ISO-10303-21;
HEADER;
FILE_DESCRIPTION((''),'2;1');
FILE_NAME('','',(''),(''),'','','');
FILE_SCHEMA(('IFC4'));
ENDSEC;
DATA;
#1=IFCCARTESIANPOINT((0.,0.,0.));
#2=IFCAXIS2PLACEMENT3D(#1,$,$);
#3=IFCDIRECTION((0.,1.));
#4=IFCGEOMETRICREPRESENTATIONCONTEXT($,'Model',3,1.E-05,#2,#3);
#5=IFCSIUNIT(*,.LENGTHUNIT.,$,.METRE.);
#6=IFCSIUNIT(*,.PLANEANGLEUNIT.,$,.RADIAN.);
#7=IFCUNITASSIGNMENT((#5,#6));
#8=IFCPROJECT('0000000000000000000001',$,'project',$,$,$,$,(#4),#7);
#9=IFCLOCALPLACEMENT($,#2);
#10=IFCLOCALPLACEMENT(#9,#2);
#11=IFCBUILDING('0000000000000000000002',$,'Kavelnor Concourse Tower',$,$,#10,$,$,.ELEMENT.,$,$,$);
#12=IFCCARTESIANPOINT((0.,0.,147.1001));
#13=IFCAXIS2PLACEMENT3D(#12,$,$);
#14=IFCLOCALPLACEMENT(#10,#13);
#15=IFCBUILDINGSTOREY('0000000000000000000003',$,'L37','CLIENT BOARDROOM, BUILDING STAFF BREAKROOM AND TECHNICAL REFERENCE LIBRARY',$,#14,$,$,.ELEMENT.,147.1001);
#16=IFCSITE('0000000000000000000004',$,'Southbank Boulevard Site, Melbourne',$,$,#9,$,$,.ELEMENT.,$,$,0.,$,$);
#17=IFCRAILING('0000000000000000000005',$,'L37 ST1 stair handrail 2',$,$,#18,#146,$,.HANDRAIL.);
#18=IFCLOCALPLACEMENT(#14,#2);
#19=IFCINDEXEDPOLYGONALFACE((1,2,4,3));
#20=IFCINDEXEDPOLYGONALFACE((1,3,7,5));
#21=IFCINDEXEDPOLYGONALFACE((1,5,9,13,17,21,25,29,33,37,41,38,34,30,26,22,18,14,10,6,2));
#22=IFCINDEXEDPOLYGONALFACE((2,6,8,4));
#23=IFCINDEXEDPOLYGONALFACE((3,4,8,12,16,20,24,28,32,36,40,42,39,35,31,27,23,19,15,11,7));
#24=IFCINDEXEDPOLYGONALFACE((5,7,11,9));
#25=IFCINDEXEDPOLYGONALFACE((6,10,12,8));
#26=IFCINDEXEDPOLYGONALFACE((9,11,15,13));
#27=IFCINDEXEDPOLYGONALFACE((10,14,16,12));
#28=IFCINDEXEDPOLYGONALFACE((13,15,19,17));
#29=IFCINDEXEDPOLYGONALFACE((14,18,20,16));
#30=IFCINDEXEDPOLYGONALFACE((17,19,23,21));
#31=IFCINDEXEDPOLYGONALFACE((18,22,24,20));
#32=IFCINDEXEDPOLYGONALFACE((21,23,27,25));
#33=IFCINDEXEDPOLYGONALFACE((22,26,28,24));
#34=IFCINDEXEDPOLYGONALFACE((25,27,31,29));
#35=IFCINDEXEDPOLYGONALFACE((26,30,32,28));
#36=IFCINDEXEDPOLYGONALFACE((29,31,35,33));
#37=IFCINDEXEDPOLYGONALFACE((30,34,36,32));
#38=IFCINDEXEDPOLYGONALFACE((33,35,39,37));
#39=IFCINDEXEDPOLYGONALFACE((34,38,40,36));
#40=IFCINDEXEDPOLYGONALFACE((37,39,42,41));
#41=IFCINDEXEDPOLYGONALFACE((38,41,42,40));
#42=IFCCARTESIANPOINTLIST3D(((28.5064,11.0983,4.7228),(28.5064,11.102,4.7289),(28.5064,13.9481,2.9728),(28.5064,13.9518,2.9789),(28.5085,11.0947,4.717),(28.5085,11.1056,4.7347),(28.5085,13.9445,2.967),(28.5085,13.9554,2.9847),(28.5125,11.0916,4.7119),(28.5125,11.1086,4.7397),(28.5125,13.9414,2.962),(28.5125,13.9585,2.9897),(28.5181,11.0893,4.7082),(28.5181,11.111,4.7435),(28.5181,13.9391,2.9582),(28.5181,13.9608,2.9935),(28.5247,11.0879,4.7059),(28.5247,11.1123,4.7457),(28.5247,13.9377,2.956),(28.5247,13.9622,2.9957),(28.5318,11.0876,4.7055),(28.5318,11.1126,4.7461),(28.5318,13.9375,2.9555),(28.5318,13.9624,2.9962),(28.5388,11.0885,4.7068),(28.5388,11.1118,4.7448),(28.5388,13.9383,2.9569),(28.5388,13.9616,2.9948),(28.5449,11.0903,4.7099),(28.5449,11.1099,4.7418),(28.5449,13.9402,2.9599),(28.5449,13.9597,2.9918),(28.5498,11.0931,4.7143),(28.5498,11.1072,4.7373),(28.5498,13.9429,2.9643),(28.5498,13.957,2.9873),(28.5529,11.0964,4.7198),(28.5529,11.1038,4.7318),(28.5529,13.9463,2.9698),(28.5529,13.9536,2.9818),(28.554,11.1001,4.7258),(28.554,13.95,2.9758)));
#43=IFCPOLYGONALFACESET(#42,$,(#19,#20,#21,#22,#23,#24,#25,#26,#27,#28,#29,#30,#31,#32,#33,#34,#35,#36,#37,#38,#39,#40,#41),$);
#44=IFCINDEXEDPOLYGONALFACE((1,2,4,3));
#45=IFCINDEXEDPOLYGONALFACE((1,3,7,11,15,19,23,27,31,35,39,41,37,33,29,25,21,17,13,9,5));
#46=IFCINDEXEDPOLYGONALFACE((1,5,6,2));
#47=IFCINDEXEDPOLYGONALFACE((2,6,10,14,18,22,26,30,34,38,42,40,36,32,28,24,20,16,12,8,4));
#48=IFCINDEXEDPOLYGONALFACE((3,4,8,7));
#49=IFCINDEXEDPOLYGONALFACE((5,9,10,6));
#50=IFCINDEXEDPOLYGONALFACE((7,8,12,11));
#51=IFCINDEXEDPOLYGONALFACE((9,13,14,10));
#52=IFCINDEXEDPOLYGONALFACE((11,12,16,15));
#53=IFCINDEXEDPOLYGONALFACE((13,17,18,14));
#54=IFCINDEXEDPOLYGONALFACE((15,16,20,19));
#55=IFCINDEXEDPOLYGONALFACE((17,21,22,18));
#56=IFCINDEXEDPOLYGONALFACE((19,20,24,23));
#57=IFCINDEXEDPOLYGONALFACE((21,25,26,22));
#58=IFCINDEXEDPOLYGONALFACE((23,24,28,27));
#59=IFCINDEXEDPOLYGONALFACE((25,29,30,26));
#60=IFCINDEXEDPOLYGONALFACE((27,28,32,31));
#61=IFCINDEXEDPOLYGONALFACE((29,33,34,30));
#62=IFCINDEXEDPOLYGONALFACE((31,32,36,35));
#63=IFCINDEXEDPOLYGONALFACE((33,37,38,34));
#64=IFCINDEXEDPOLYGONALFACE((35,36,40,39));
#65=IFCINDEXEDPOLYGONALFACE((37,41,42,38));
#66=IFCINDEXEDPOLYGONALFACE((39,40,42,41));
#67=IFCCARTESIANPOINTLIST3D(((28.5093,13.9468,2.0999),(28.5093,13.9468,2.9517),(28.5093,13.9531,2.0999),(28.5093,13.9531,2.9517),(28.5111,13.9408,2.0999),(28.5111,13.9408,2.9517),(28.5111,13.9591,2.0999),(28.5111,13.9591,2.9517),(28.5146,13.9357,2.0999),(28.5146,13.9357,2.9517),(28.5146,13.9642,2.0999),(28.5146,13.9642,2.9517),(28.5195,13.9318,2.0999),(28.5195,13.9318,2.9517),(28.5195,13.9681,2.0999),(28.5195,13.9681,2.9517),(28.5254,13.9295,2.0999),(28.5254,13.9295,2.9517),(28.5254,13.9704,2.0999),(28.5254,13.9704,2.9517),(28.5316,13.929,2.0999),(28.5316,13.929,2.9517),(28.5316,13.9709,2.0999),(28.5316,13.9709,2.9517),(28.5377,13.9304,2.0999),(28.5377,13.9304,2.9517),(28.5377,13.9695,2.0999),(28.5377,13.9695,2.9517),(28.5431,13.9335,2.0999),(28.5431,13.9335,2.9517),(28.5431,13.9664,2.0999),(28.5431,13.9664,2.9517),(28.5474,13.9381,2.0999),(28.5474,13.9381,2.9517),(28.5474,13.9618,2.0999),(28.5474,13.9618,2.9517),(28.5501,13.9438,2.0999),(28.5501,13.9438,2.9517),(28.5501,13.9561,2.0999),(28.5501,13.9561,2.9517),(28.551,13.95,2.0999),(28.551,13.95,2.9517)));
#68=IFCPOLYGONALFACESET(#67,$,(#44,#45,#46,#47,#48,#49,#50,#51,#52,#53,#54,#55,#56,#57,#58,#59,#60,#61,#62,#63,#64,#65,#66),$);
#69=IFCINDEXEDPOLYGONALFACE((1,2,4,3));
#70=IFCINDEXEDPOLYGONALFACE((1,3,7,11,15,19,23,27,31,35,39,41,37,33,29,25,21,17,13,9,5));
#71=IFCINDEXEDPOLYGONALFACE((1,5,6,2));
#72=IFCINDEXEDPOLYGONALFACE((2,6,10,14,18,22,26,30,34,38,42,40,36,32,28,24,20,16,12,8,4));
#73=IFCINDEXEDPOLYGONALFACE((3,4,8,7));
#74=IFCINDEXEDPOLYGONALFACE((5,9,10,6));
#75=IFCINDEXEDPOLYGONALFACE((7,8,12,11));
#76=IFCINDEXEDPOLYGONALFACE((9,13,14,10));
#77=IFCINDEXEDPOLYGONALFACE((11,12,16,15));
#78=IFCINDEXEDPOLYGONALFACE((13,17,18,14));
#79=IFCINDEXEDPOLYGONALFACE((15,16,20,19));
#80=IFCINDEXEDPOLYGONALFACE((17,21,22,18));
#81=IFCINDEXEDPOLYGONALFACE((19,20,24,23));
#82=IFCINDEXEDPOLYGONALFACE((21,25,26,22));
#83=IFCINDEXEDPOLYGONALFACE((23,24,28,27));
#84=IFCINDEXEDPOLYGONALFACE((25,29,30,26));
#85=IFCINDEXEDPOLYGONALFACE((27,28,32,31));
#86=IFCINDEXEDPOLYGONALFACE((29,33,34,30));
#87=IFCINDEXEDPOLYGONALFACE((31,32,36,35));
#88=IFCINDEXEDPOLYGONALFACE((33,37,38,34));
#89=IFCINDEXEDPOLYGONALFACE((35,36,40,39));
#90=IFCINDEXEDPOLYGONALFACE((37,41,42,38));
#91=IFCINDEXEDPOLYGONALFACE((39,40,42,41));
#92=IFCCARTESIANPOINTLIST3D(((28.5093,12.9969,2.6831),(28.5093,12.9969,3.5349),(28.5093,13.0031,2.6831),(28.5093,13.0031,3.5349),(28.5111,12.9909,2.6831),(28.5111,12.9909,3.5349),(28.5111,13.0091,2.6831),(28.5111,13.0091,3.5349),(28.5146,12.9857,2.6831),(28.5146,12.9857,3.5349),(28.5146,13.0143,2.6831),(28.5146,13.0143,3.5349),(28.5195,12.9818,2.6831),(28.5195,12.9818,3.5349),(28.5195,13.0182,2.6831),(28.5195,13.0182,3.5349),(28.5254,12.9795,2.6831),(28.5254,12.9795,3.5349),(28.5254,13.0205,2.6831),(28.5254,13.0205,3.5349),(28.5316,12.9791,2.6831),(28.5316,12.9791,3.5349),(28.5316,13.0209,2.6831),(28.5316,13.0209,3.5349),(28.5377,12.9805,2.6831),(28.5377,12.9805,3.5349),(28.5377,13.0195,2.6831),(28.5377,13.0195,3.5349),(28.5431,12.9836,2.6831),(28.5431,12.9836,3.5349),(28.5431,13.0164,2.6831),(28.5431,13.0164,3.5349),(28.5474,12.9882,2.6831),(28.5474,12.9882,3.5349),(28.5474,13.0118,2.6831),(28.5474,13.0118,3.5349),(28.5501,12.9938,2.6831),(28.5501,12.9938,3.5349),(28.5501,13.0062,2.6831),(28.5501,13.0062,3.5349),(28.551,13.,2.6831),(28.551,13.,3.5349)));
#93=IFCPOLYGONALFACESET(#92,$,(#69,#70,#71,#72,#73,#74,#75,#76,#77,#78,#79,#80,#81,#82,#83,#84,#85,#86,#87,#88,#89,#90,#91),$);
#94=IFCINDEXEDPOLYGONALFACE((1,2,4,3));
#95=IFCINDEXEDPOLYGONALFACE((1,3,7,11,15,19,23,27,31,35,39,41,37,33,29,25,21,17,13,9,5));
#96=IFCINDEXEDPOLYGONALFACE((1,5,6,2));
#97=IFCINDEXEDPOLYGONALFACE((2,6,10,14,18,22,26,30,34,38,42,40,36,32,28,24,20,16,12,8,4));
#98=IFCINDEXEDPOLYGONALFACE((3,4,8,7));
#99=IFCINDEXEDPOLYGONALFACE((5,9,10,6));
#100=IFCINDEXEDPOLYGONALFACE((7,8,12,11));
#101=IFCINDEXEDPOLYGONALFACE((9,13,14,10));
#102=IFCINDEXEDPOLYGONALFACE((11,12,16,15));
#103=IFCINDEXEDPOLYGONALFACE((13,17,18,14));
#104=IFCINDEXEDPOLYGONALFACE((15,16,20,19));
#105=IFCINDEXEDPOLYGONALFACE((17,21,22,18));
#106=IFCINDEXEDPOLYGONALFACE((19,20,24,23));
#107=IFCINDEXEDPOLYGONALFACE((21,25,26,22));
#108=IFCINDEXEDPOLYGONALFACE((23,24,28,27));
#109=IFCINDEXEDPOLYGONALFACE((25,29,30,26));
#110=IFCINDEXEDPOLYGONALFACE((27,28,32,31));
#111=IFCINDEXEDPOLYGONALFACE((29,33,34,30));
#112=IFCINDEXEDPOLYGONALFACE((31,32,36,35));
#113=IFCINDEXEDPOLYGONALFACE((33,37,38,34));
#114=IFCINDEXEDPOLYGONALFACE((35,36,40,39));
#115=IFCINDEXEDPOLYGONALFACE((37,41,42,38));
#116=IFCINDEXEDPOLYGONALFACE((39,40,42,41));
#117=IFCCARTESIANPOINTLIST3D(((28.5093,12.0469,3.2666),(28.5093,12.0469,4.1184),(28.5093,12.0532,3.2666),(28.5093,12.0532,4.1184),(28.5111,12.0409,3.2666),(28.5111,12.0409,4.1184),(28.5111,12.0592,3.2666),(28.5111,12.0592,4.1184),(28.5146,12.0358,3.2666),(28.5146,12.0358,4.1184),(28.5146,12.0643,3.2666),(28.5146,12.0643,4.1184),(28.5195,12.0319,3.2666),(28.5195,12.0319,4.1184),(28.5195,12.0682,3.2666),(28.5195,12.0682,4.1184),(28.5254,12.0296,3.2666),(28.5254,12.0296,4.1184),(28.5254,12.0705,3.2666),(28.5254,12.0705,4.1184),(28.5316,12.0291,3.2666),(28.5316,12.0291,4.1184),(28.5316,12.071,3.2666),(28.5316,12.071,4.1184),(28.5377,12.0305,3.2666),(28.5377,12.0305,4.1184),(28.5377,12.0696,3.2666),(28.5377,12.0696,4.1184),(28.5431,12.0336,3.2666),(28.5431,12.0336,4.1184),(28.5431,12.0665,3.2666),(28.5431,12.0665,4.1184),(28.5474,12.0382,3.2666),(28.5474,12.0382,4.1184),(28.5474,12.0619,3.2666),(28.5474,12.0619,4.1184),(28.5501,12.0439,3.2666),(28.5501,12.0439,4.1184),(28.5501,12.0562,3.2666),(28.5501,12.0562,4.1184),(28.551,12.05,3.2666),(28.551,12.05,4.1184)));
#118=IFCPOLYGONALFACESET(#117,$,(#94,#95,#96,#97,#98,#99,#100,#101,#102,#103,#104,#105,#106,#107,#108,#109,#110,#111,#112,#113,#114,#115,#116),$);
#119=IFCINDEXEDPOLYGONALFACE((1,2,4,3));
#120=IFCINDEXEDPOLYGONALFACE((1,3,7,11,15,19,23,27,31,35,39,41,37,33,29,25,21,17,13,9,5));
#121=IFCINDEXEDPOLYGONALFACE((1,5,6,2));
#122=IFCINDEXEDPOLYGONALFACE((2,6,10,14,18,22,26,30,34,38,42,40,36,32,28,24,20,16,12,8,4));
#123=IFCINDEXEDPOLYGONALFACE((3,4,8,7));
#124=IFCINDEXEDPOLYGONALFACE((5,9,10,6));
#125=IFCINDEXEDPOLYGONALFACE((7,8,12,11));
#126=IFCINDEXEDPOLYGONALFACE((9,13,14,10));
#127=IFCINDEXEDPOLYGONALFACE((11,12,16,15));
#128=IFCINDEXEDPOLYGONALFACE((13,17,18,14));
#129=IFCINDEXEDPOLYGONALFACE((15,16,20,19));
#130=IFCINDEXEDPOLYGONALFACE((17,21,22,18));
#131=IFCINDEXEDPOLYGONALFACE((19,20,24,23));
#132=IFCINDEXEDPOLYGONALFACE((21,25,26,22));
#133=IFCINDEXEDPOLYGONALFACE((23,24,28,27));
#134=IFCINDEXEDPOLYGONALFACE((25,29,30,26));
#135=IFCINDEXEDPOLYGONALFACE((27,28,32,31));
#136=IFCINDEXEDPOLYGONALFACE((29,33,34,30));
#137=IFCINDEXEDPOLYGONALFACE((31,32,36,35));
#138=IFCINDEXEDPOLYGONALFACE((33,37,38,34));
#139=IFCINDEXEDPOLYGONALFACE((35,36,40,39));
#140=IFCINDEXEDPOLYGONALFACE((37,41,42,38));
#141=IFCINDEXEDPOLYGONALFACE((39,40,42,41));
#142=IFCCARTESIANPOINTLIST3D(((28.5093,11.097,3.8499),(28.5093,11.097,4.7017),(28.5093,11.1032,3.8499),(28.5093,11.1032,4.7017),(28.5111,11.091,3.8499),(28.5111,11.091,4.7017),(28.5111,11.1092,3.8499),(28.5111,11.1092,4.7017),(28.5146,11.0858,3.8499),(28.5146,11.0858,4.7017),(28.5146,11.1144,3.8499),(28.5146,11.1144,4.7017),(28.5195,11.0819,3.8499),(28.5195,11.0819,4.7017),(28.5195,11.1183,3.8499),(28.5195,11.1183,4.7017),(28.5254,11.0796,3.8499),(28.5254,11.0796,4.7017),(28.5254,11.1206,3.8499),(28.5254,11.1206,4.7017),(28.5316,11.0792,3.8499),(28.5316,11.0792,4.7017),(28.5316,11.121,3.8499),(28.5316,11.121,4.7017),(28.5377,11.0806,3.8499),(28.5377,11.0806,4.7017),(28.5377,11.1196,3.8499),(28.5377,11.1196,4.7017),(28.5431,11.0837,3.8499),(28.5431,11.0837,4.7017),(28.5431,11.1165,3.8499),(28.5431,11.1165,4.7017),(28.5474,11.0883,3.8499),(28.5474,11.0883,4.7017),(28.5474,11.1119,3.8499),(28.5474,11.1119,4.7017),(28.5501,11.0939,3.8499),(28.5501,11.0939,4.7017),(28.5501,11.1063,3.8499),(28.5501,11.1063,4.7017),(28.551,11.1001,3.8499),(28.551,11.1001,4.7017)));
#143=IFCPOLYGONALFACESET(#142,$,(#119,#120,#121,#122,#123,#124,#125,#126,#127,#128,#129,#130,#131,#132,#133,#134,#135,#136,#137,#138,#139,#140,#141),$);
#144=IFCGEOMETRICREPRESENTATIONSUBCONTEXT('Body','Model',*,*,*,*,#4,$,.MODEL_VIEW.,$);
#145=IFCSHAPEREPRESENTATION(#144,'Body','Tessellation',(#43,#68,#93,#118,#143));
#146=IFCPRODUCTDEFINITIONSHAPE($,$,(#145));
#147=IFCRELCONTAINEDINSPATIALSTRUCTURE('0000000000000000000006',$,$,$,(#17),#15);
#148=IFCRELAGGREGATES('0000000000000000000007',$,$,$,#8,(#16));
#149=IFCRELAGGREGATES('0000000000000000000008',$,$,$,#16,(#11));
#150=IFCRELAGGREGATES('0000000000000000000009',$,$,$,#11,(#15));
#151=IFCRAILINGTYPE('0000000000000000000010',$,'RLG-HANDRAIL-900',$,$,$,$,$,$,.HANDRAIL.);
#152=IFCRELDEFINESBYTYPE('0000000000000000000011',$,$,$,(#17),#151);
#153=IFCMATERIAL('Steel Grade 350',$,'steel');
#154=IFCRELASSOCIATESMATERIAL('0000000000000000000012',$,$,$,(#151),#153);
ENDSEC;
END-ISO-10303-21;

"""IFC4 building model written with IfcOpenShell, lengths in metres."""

from ifc_helpers import new_model, si_unit, direction, frame, origin, origin_2d, place, context, subcontext, project, spatial, circle, extrude, material, type_object, element, save


model = new_model("IFC4")

# Units and contexts
model_context = context("Model", 3, precision=1e-05, world=origin(), true_north=direction((0.0, 1.0)))
body_context = subcontext(model_context, "Body", "Model", "MODEL_VIEW")
ifc_project = project(units=[si_unit("LENGTHUNIT", "METRE"), si_unit("PLANEANGLEUNIT", "RADIAN")], contexts=[model_context])

# Site, building, storey
site_placement = place(None, origin())
site = spatial("IfcSite", under=ifc_project, at=site_placement, Name="Southbank Boulevard Site, Melbourne", CompositionType="ELEMENT", RefElevation=0.0)
building_placement = place(site_placement, origin())
building = spatial("IfcBuilding", under=site, at=building_placement, Name="Kavelnor Concourse Tower", CompositionType="ELEMENT")
storey_placement = place(building_placement, frame((0.0, 0.0, 147.1001)))
storey = spatial("IfcBuildingStorey", under=building, at=storey_placement, Name="L37", Description="CLIENT BOARDROOM, BUILDING STAFF BREAKROOM AND TECHNICAL REFERENCE LIBRARY", CompositionType="ELEMENT", Elevation=147.1001)

# Shared definitions
ifc_material_1 = material(Name="Steel Grade 350", Category="steel")

# Railing
railing_type_1 = type_object("IfcRailingType", Name="RLG-HANDRAIL-900", PredefinedType="HANDRAIL", material=ifc_material_1)
railing_1_placement = place(storey_placement, frame((28.53, 13.95, 2.0999)))
element("IfcRailing", 1, at=railing_1_placement, inside=storey, type_object=railing_type_1, Name="L37 ST1 stair handrail 2", PredefinedType="HANDRAIL", context=body_context, shape_type="SweptSolid", body=[
    extrude(circle(Radius=0.0239, at=origin_2d()), frame((0.0, 0.0, 0.876), z_axis=(0.0, -0.852159, 0.523283), x_axis=(1.0, 0.0, 0.0)), (0.0, 0.0, 1.0), 3.3442),
    extrude(circle(Radius=0.021, at=origin_2d()), origin(), (0.0, 0.0, 1.0), 0.8518),
    extrude(circle(Radius=0.021, at=origin_2d()), frame((0.0, -0.95, 0.5833)), (0.0, 0.0, 1.0), 0.8518),
    extrude(circle(Radius=0.021, at=origin_2d()), frame((0.0, -1.8999, 1.1667)), (0.0, 0.0, 1.0), 0.8518),
    extrude(circle(Radius=0.021, at=origin_2d()), frame((0.0, -2.8499, 1.75)), (0.0, 0.0, 1.0), 0.8518),
])

save(model, "model.ifc")
